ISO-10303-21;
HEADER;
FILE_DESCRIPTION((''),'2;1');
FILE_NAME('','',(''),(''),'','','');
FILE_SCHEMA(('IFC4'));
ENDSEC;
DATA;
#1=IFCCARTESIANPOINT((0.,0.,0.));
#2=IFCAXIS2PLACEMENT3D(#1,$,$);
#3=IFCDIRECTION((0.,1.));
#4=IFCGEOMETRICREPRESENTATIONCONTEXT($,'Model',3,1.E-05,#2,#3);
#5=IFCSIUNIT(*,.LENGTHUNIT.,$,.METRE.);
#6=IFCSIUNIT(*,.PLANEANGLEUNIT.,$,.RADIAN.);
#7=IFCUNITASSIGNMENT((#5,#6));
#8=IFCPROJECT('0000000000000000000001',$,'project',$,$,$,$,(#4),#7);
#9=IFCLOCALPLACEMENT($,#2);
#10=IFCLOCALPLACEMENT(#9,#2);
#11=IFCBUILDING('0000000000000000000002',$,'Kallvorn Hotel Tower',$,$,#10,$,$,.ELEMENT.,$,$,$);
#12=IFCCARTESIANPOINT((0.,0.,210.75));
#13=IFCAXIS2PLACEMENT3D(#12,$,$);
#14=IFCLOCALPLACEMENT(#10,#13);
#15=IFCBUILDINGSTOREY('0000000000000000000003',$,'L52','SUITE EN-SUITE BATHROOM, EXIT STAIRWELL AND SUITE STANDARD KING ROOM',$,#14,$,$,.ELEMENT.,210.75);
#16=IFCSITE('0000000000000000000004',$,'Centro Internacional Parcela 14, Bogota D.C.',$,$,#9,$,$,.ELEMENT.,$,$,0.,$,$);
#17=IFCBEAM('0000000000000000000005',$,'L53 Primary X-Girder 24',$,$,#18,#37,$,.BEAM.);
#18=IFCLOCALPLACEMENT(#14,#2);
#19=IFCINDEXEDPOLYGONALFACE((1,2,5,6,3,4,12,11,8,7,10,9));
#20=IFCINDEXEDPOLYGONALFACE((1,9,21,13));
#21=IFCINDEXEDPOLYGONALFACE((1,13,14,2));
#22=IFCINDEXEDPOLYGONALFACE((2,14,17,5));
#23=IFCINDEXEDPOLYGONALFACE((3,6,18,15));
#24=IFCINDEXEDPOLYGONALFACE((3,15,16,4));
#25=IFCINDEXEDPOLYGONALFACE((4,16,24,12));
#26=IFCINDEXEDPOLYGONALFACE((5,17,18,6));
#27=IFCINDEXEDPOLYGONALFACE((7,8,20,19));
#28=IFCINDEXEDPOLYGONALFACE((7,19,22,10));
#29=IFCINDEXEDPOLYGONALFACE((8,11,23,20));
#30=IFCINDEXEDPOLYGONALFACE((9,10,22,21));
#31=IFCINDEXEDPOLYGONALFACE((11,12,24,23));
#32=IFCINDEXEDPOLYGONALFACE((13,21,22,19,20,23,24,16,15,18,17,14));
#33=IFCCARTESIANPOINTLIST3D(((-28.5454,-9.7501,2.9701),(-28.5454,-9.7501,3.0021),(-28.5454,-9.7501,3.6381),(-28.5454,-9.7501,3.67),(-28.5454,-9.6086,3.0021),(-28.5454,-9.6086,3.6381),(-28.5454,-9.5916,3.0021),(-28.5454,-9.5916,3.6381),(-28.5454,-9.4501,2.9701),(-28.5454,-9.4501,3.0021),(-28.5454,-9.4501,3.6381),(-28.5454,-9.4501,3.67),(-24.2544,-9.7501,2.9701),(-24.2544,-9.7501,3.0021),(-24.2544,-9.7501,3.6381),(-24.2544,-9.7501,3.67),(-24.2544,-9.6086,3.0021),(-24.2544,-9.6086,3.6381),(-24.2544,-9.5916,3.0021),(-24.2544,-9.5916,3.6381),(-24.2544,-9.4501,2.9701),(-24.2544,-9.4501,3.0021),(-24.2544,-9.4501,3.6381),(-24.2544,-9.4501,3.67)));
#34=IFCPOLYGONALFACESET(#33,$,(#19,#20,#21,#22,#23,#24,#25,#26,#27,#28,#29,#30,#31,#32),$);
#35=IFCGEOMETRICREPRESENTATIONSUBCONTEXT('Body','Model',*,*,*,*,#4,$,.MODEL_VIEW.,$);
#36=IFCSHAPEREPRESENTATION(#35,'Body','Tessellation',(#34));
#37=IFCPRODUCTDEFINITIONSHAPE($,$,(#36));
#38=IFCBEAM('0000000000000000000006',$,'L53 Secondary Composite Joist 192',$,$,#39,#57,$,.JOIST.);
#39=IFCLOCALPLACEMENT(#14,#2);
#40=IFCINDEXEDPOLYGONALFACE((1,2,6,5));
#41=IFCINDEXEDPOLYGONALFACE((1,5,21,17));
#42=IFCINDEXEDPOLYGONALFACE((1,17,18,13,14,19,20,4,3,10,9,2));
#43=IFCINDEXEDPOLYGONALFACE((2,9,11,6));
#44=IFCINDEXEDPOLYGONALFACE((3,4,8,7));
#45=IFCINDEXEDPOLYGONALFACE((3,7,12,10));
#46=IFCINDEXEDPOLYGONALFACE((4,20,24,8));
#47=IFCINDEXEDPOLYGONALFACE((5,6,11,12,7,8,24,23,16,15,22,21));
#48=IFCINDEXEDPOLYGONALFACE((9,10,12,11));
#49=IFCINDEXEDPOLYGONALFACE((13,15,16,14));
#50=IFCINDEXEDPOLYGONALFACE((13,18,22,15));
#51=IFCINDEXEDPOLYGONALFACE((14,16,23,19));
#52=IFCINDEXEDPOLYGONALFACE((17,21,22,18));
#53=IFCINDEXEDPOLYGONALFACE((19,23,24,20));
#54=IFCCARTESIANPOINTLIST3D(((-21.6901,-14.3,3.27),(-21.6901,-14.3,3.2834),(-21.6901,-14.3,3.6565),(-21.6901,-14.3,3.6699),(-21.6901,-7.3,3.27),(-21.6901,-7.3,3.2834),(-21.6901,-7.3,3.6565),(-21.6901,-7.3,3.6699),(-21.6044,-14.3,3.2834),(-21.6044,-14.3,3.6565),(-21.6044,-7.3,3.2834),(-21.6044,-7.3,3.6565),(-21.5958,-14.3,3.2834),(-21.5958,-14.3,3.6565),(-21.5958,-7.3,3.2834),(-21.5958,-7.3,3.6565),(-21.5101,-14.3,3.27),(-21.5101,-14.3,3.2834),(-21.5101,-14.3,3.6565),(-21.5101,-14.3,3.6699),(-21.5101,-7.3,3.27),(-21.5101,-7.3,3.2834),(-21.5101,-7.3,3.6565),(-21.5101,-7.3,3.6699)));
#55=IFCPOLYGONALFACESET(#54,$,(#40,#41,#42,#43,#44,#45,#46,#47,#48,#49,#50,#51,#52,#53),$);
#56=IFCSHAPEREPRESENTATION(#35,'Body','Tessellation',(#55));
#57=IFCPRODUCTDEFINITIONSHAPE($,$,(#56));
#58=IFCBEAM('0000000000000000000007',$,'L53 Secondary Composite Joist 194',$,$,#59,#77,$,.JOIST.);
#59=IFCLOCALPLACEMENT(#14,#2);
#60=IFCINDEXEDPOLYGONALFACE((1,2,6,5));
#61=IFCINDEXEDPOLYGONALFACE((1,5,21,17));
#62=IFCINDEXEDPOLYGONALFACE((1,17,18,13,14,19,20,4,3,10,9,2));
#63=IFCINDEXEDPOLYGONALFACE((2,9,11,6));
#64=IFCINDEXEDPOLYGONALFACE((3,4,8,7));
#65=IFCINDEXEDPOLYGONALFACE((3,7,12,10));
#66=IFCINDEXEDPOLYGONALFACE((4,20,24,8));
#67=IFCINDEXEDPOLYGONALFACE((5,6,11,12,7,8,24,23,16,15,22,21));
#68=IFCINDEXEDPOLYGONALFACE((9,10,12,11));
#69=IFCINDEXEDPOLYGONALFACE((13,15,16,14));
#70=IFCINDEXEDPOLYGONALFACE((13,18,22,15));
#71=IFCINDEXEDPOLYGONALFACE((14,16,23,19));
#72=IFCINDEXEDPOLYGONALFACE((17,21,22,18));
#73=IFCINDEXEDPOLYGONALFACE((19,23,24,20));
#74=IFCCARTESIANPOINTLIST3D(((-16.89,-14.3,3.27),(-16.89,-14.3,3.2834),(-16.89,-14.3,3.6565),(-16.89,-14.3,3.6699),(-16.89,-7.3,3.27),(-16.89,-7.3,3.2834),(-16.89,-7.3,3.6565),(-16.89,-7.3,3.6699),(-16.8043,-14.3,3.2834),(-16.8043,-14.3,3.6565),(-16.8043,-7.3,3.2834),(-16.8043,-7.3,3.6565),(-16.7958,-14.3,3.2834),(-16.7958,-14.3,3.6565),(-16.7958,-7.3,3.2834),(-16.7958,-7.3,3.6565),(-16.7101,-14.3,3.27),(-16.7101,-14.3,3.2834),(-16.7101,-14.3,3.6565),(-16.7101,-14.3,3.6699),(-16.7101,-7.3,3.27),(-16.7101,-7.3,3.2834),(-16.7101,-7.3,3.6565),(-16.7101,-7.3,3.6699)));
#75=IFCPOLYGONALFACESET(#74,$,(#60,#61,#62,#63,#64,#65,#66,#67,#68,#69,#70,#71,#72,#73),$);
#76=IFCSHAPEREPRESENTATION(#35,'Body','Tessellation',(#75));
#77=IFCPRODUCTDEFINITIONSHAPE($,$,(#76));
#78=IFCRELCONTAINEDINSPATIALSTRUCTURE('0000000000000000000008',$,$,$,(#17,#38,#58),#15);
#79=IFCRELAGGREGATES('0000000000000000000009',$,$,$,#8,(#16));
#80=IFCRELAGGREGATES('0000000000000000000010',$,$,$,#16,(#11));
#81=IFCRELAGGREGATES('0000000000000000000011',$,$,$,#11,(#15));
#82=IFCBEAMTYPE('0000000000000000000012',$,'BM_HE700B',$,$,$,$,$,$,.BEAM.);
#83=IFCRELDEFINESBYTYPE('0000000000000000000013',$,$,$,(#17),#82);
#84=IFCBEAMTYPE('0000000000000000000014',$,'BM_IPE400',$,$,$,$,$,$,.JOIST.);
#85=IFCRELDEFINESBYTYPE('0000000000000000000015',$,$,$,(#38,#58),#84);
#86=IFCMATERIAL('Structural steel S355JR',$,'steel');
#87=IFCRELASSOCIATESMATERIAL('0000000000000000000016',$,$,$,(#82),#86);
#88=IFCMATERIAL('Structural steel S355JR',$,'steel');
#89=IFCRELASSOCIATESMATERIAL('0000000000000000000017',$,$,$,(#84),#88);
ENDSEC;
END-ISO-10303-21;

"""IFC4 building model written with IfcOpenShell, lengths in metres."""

from ifc_helpers import new_model, si_unit, direction, frame, origin, origin_2d, place, context, subcontext, project, spatial, i_section, extrude, material, material_profile, profile_set, type_object, element, save


model = new_model("IFC4")

# Units and contexts
model_context = context("Model", 3, precision=1e-05, world=origin(), true_north=direction((0.0, 1.0)))
body_context = subcontext(model_context, "Body", "Model", "MODEL_VIEW")
ifc_project = project(units=[si_unit("LENGTHUNIT", "METRE"), si_unit("PLANEANGLEUNIT", "RADIAN")], contexts=[model_context])

# Site, building, storey
site_placement = place(None, origin())
site = spatial("IfcSite", under=ifc_project, at=site_placement, Name="Centro Internacional Parcela 14, Bogota D.C.", CompositionType="ELEMENT", RefElevation=0.0)
building_placement = place(site_placement, origin())
building = spatial("IfcBuilding", under=site, at=building_placement, Name="Kallvorn Hotel Tower", CompositionType="ELEMENT")
storey_placement = place(building_placement, frame((0.0, 0.0, 210.75)))
storey = spatial("IfcBuildingStorey", under=building, at=storey_placement, Name="L52", Description="SUITE EN-SUITE BATHROOM, EXIT STAIRWELL AND SUITE STANDARD KING ROOM", CompositionType="ELEMENT", Elevation=210.75)

# Beams
ifc_material_1 = material(Name="Structural steel S355JR", Category="steel")
ifc_material_profile_1 = material_profile(ifc_material_1, i_section(OverallWidth=0.3, OverallDepth=0.7, WebThickness=0.0171, FlangeThickness=0.032, at=origin_2d()), Name="HE 700 B")
ifc_profile_set_1 = profile_set([ifc_material_profile_1], Name="Structural steel S355JR")
beam_type_1 = type_object("IfcBeamType", Name="BM_HE700B", PredefinedType="BEAM", material=ifc_profile_set_1)
beam_1_placement = place(storey_placement, frame((-28.5454, -9.6001, 3.3201), z_axis=(1.0, 0.0, 0.0), x_axis=(0.0, 1.0, 0.0)))
element("IfcBeam", 1, at=beam_1_placement, inside=storey, type_object=beam_type_1, Name="L53 Primary X-Girder 24", PredefinedType="BEAM", context=body_context, shape_type="SweptSolid", body=[
    extrude(i_section(OverallWidth=0.3, OverallDepth=0.7, WebThickness=0.0171, FlangeThickness=0.032, at=origin_2d()), origin(), (0.0, 0.0, 1.0), 4.291),
])
ifc_material_2 = material(Name="Structural steel S355JR", Category="steel")
ifc_material_profile_2 = material_profile(ifc_material_2, i_section(OverallWidth=0.1799, OverallDepth=0.3999, WebThickness=0.0085, FlangeThickness=0.0134, at=origin_2d()), Name="IPE 400")
ifc_profile_set_2 = profile_set([ifc_material_profile_2], Name="Structural steel S355JR")
beam_type_2 = type_object("IfcBeamType", Name="BM_IPE400", PredefinedType="JOIST", material=ifc_profile_set_2)
for number, where, z_axis, x_axis, name in (
    (2, (-21.6001, -14.3, 3.47), (0.0, 1.0, 0.0), (-1.0, 0.0, 0.0), "L53 Secondary Composite Joist 192"),
    (3, (-16.8, -14.3, 3.47), (0.0, 1.0, 0.0), (-1.0, 0.0, 0.0), "L53 Secondary Composite Joist 194"),
):
    element("IfcBeam", number, at=place(storey_placement, frame(where, z_axis=z_axis, x_axis=x_axis)), inside=storey, type_object=beam_type_2, Name=name, PredefinedType="JOIST", context=body_context, shape_type="SweptSolid", body=[
        extrude(i_section(OverallWidth=0.1799, OverallDepth=0.3999, WebThickness=0.0085, FlangeThickness=0.0134, at=origin_2d()), origin(), (0.0, 0.0, 1.0), 7.0),
    ])

save(model, "model.ifc")
